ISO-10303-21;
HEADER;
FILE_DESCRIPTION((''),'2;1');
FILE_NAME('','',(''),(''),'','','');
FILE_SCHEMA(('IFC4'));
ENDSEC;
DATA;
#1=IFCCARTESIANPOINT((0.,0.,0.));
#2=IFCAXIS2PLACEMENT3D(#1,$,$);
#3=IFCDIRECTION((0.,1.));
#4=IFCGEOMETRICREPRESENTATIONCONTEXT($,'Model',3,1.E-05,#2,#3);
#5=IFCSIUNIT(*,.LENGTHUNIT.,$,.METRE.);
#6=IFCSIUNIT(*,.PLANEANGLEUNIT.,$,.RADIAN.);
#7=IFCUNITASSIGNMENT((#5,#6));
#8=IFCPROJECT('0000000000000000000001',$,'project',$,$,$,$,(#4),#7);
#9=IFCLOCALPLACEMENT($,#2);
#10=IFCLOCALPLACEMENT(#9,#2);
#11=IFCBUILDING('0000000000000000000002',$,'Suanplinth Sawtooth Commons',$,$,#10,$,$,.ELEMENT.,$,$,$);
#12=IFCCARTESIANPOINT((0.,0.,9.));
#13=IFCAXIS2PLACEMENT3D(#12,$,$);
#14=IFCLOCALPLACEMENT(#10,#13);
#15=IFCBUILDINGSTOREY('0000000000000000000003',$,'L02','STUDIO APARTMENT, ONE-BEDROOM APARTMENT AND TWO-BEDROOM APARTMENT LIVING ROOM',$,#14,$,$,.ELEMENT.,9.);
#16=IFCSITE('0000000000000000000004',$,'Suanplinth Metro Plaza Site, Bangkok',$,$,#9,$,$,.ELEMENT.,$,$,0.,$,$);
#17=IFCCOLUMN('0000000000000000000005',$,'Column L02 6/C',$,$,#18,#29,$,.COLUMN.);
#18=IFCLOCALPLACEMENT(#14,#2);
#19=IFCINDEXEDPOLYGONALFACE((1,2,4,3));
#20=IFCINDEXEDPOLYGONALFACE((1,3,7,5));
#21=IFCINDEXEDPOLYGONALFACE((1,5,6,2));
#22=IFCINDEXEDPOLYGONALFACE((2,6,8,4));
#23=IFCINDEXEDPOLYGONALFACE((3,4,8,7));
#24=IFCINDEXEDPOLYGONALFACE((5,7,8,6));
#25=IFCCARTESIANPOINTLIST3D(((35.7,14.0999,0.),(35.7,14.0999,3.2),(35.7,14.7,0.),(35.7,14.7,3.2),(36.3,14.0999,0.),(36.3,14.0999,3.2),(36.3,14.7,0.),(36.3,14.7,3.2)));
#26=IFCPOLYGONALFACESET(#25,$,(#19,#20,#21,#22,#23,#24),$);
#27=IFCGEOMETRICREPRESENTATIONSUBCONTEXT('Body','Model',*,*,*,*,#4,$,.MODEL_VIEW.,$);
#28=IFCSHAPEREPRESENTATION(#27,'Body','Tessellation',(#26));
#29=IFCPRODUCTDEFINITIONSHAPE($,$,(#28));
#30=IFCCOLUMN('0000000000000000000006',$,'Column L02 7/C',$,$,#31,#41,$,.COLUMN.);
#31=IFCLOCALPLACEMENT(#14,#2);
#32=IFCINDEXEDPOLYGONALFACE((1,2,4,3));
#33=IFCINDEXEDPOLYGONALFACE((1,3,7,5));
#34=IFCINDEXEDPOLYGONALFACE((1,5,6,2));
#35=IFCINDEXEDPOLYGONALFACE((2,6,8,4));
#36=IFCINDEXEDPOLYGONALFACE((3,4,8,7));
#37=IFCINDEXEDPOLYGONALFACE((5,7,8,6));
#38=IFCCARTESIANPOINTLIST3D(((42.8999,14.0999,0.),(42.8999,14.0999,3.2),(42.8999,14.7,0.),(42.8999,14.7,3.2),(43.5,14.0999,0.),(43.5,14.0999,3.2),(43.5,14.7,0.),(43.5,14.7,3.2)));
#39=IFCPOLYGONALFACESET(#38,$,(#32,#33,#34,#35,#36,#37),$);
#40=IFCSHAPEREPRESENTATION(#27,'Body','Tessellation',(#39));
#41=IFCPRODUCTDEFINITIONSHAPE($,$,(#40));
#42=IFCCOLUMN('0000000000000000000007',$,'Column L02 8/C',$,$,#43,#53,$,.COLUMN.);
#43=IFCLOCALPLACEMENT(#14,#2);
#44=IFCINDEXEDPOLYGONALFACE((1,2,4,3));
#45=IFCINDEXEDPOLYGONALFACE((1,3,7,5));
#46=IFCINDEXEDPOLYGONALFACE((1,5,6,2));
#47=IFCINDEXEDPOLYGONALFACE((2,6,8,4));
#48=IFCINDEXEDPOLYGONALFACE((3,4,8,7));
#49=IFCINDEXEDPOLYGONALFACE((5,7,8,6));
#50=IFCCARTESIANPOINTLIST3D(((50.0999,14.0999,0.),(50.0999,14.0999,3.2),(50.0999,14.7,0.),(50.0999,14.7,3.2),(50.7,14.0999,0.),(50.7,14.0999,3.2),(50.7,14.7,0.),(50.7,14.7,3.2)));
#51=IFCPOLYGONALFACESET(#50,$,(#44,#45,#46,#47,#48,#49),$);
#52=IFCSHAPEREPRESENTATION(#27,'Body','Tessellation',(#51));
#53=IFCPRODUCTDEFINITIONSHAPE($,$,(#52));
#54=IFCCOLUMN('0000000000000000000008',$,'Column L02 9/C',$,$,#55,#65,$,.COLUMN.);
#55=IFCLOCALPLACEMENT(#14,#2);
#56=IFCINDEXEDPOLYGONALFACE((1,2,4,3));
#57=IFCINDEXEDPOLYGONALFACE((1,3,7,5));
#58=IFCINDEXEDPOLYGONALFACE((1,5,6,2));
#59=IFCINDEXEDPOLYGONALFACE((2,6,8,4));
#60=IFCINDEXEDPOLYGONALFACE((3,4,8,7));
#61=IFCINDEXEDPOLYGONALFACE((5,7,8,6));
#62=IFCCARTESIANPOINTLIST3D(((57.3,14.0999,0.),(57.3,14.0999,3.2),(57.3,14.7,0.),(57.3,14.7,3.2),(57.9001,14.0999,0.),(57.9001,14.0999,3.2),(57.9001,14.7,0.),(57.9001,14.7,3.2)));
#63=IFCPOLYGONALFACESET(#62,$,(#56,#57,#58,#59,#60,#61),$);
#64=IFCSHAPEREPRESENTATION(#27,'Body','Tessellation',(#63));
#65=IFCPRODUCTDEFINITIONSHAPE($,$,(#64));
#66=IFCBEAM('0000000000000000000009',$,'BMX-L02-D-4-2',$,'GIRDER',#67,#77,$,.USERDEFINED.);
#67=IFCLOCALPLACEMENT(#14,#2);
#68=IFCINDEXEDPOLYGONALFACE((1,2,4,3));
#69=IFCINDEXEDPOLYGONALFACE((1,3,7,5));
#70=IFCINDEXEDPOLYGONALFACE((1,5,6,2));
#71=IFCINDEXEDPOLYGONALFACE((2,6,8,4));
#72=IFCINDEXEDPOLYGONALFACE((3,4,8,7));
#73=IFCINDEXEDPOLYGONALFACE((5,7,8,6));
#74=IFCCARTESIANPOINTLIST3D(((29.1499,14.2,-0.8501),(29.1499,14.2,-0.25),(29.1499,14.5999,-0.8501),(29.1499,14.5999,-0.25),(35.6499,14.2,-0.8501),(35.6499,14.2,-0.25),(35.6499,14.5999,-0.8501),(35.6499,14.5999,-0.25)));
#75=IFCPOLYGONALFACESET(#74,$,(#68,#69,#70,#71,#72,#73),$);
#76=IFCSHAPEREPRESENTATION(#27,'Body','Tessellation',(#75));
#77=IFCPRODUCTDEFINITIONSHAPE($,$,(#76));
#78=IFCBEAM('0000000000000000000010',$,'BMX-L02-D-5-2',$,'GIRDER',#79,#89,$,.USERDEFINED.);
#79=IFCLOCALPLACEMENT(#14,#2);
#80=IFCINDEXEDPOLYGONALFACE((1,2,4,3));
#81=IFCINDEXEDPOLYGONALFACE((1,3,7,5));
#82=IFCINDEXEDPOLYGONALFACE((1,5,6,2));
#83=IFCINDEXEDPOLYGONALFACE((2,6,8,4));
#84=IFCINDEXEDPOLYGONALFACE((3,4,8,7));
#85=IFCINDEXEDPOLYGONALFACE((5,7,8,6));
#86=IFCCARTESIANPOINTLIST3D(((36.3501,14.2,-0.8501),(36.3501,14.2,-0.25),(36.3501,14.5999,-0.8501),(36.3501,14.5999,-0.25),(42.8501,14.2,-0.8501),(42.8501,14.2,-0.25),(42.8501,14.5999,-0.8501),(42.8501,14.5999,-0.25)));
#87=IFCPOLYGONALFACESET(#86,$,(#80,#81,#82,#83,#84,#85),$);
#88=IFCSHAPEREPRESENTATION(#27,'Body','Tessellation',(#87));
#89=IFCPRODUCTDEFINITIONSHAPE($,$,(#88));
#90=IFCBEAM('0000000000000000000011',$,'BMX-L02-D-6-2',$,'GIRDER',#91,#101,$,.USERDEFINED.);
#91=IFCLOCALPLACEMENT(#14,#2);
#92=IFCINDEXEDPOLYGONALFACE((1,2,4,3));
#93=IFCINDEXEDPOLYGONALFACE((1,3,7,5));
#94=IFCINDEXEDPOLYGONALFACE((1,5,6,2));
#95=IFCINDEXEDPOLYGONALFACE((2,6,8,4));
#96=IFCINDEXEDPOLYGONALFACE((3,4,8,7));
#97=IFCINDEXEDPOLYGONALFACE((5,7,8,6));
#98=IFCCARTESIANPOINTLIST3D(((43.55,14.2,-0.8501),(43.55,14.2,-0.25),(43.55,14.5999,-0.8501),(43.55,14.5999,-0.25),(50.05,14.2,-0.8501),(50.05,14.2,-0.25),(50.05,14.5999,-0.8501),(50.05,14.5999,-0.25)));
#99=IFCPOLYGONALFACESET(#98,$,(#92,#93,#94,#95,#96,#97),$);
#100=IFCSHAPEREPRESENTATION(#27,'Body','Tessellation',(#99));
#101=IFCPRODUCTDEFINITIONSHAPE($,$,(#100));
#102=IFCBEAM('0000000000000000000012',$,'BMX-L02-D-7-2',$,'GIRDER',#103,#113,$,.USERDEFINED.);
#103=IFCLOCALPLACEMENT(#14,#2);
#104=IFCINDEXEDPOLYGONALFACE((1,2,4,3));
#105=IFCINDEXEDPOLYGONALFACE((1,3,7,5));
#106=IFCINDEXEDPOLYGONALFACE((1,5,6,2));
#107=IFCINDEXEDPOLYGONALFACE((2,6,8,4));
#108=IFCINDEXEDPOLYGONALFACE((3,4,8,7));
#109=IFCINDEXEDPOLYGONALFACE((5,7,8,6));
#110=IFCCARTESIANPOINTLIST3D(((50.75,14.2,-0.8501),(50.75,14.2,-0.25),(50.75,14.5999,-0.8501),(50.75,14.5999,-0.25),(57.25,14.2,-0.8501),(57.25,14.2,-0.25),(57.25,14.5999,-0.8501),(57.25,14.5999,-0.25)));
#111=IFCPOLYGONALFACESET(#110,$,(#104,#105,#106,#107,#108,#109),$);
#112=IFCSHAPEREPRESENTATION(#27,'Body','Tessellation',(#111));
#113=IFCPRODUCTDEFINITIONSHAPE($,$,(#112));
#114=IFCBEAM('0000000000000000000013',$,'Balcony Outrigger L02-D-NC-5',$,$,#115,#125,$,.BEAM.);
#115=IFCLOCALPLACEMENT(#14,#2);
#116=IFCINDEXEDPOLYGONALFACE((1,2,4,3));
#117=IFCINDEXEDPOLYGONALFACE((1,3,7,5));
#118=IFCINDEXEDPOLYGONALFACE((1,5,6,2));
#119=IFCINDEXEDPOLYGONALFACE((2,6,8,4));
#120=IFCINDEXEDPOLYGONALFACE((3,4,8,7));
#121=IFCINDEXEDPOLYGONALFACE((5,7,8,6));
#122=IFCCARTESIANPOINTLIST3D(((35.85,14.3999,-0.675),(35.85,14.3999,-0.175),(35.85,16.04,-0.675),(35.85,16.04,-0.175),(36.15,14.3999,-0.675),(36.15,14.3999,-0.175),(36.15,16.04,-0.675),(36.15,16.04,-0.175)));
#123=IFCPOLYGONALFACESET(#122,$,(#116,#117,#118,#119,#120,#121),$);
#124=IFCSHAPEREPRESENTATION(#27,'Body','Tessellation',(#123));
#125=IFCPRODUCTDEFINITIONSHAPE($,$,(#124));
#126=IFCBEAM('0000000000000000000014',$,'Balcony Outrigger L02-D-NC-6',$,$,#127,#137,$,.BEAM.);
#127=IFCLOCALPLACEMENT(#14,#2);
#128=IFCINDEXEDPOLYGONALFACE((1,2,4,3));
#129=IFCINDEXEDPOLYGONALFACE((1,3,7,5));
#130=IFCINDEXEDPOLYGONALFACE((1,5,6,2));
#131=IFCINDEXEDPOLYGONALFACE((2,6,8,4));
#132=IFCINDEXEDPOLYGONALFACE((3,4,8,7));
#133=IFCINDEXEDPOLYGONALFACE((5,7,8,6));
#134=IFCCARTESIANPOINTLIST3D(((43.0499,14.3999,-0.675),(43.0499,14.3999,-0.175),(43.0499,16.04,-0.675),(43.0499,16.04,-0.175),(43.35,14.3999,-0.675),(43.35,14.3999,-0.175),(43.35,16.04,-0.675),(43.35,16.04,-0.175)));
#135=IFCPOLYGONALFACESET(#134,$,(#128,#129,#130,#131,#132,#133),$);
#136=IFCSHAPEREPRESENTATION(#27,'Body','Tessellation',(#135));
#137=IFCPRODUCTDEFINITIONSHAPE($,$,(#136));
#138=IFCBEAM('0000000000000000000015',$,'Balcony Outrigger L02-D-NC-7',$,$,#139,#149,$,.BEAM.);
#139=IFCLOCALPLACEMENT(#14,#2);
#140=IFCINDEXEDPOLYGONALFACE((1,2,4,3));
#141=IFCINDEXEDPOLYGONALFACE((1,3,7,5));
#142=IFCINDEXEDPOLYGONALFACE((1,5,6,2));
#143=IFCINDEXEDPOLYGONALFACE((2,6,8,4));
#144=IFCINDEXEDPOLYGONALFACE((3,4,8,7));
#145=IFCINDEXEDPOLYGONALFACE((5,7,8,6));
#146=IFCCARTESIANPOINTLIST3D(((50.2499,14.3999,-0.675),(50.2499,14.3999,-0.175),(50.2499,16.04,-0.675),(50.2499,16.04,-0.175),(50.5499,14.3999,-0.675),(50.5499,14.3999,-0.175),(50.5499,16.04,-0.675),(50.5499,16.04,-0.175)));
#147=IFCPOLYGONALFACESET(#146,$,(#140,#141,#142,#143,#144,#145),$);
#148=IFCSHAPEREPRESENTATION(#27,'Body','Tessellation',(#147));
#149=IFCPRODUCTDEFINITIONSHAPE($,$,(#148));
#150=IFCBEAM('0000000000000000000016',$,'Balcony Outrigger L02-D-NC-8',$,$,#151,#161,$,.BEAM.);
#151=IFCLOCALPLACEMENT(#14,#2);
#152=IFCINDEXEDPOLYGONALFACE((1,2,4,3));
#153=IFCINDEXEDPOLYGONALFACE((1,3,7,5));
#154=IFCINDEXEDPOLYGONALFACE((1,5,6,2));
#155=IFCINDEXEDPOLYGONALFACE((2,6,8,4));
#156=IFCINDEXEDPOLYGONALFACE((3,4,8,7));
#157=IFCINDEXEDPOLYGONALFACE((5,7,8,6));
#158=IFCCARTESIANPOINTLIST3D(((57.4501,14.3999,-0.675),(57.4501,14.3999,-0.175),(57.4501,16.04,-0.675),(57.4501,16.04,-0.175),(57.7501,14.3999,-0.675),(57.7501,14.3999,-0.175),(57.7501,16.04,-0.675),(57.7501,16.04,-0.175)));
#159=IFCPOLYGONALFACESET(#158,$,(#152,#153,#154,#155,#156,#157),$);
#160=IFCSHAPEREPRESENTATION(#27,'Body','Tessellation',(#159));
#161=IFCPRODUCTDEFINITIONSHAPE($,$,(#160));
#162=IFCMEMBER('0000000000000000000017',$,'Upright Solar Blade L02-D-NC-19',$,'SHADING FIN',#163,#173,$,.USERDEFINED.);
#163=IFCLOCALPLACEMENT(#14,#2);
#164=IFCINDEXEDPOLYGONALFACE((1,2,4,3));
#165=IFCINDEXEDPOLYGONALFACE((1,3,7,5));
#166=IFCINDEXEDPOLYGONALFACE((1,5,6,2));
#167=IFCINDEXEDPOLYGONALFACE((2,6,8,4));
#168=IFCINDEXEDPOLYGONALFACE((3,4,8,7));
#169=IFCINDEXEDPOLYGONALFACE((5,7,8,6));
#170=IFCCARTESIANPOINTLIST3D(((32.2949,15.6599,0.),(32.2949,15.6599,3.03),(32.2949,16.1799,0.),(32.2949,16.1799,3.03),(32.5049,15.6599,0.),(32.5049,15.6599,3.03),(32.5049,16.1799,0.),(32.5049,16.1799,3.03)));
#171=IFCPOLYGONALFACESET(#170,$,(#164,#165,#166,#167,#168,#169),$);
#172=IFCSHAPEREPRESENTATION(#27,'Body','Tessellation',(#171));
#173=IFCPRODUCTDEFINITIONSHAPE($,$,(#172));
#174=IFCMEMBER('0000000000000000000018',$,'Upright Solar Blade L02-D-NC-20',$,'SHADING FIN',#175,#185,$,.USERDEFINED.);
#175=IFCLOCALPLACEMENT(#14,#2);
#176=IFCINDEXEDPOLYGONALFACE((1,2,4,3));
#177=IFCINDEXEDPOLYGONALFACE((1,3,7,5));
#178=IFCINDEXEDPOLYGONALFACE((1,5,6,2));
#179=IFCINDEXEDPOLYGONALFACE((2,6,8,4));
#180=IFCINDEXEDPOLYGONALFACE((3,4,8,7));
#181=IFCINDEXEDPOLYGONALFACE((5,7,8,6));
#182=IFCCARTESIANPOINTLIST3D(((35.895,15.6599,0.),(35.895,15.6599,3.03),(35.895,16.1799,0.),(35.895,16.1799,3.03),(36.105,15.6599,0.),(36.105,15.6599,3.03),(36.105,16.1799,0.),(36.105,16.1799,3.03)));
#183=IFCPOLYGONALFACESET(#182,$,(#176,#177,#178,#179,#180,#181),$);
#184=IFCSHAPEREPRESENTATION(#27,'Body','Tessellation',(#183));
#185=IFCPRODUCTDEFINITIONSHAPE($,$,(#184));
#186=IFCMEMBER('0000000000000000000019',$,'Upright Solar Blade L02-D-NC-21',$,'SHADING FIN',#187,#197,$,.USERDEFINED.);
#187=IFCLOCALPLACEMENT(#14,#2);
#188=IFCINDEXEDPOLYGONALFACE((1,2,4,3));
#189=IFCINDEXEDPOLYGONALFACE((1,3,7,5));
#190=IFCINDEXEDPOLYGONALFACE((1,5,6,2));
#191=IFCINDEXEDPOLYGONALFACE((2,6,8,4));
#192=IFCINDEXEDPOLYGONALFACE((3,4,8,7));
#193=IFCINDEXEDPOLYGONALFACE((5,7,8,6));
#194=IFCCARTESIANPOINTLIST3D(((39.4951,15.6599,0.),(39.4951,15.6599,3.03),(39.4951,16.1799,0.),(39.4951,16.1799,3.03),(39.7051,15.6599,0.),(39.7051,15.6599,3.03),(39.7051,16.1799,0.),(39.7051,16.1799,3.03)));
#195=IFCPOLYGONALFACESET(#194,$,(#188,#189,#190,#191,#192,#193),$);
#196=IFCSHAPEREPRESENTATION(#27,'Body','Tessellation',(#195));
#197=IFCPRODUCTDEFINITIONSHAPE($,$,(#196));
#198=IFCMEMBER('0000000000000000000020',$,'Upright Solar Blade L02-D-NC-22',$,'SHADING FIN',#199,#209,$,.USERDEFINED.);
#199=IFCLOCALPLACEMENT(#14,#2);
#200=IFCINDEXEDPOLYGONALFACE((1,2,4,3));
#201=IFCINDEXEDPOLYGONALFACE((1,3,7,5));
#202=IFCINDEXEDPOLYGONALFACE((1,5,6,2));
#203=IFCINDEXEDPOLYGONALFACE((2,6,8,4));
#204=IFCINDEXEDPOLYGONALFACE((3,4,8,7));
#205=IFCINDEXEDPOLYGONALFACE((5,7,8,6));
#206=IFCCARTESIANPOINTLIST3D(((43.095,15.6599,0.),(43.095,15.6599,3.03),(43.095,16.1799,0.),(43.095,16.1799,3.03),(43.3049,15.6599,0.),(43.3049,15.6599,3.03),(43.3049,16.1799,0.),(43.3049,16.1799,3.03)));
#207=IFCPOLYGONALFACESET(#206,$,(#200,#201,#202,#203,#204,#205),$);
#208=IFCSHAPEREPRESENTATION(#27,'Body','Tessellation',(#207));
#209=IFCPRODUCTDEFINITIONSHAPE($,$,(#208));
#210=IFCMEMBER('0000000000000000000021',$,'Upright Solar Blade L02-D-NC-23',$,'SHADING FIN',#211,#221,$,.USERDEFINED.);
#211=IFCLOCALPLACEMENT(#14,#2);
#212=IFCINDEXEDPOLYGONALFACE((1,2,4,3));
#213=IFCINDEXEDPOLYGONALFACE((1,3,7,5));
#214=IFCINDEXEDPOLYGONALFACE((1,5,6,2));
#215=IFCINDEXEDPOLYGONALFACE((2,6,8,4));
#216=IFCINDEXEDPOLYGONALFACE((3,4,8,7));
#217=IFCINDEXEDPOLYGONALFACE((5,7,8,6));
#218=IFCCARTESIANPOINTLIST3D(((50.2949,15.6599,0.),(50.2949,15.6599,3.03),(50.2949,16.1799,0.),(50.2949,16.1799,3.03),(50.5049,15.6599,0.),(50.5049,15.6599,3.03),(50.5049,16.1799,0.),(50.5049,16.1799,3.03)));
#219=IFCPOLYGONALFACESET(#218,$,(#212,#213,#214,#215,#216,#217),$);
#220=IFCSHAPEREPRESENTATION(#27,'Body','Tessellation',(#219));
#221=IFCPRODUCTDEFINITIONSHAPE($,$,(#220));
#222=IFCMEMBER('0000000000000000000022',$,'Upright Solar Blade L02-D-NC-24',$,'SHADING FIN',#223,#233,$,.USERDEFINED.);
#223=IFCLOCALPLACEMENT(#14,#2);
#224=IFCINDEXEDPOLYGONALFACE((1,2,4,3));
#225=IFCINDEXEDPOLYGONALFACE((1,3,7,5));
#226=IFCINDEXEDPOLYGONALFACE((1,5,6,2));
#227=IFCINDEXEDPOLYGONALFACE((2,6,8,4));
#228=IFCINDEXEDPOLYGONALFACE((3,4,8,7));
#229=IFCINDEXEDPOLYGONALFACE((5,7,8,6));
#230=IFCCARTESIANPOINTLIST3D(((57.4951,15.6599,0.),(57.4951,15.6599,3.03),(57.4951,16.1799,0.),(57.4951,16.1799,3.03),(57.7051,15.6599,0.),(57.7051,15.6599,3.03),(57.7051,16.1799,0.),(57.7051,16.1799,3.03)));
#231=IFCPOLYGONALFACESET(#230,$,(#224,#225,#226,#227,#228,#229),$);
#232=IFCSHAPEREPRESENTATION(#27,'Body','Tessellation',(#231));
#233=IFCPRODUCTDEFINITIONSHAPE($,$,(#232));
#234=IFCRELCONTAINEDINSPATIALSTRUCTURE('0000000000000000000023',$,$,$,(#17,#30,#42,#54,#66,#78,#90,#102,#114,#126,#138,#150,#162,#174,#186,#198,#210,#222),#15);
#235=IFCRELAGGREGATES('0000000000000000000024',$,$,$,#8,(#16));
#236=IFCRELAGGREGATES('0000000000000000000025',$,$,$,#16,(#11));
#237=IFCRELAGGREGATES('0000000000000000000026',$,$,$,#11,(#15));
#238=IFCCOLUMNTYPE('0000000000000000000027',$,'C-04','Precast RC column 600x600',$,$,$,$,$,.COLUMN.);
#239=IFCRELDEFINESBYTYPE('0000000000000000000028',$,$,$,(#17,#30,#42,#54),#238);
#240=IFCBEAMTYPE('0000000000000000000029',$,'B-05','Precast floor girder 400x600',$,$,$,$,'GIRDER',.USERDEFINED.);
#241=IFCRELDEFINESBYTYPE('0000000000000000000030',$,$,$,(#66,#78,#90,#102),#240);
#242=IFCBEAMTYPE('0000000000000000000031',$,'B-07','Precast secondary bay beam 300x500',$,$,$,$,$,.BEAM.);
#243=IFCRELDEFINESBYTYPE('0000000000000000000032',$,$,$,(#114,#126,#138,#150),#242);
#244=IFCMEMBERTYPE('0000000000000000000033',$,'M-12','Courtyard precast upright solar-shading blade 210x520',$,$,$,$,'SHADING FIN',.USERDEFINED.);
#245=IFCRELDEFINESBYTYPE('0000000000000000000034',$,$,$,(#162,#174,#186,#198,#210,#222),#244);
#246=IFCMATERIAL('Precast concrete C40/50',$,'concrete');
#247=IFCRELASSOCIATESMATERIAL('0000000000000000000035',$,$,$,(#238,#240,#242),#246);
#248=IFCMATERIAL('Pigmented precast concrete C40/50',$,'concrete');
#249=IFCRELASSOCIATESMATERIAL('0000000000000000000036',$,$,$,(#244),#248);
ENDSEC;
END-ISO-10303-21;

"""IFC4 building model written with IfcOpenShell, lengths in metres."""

from ifc_helpers import new_model, si_unit, direction, frame, origin, origin_2d, place, context, subcontext, project, spatial, rectangle, extrude, material, material_profile, profile_set, type_object, element, save


model = new_model("IFC4")

# Units and contexts
model_context = context("Model", 3, precision=1e-05, world=origin(), true_north=direction((0.0, 1.0)))
body_context = subcontext(model_context, "Body", "Model", "MODEL_VIEW")
ifc_project = project(units=[si_unit("LENGTHUNIT", "METRE"), si_unit("PLANEANGLEUNIT", "RADIAN")], contexts=[model_context])

# Site, building, storey
site_placement = place(None, origin())
site = spatial("IfcSite", under=ifc_project, at=site_placement, Name="Suanplinth Metro Plaza Site, Bangkok", CompositionType="ELEMENT", RefElevation=0.0)
building_placement = place(site_placement, origin())
building = spatial("IfcBuilding", under=site, at=building_placement, Name="Suanplinth Sawtooth Commons", CompositionType="ELEMENT")
storey_placement = place(building_placement, frame((0.0, 0.0, 9.0)))
storey = spatial("IfcBuildingStorey", under=building, at=storey_placement, Name="L02", Description="STUDIO APARTMENT, ONE-BEDROOM APARTMENT AND TWO-BEDROOM APARTMENT LIVING ROOM", CompositionType="ELEMENT", Elevation=9.0)

# Columns
ifc_material_1 = material(Name="Precast concrete C40/50", Category="concrete")
ifc_material_profile_1 = material_profile(ifc_material_1, rectangle(XDim=0.6001, YDim=0.6001, at=origin_2d()), Name="PC-COL 600x600")
ifc_profile_set_1 = profile_set([ifc_material_profile_1], Name="Precast concrete C40/50")
column_type = type_object("IfcColumnType", Name="C-04", Description="Precast RC column 600x600", PredefinedType="COLUMN", material=ifc_profile_set_1)
for number, where, z_axis, x_axis, name in (
    (1, (36.0, 14.3999, 0.0), (0.0, 0.0, 1.0), (1.0, 0.0, 0.0), "Column L02 6/C"),
    (2, (43.2, 14.3999, 0.0), (0.0, 0.0, 1.0), (1.0, 0.0, 0.0), "Column L02 7/C"),
    (3, (50.3999, 14.3999, 0.0), (0.0, 0.0, 1.0), (1.0, 0.0, 0.0), "Column L02 8/C"),
    (4, (57.6001, 14.3999, 0.0), (0.0, 0.0, 1.0), (1.0, 0.0, 0.0), "Column L02 9/C"),
):
    element("IfcColumn", number, at=place(storey_placement, frame(where, z_axis=z_axis, x_axis=x_axis)), inside=storey, type_object=column_type, Name=name, PredefinedType="COLUMN", context=body_context, shape_type="SweptSolid", body=[
        extrude(rectangle(XDim=0.6001, YDim=0.6001, at=origin_2d()), origin(), (0.0, 0.0, 1.0), 3.2),
    ])

# Beams
ifc_material_profile_2 = material_profile(ifc_material_1, rectangle(XDim=0.3999, YDim=0.6001, at=origin_2d()), Name="PC-GDR 400x600")
ifc_profile_set_2 = profile_set([ifc_material_profile_2], Name="Precast concrete C40/50")
beam_type_1 = type_object("IfcBeamType", Name="B-05", Description="Precast floor girder 400x600", ElementType="GIRDER", PredefinedType="USERDEFINED", material=ifc_profile_set_2)
for number, where, z_axis, x_axis, name in (
    (5, (29.1499, 14.3999, -0.55), (1.0, 0.0, 0.0), (0.0, 1.0, 0.0), "BMX-L02-D-4-2"),
    (6, (36.3501, 14.3999, -0.55), (1.0, 0.0, 0.0), (0.0, 1.0, 0.0), "BMX-L02-D-5-2"),
    (7, (43.55, 14.3999, -0.55), (1.0, 0.0, 0.0), (0.0, 1.0, 0.0), "BMX-L02-D-6-2"),
    (8, (50.75, 14.3999, -0.55), (1.0, 0.0, 0.0), (0.0, 1.0, 0.0), "BMX-L02-D-7-2"),
):
    element("IfcBeam", number, at=place(storey_placement, frame(where, z_axis=z_axis, x_axis=x_axis)), inside=storey, type_object=beam_type_1, Name=name, ObjectType="GIRDER", PredefinedType="USERDEFINED", context=body_context, shape_type="SweptSolid", body=[
        extrude(rectangle(XDim=0.3999, YDim=0.6001, at=origin_2d()), origin(), (0.0, 0.0, 1.0), 6.5),
    ])
ifc_material_profile_3 = material_profile(ifc_material_1, rectangle(XDim=0.3, YDim=0.5, at=origin_2d()), Name="PC-BM 300x500")
ifc_profile_set_3 = profile_set([ifc_material_profile_3], Name="Precast concrete C40/50")
beam_type_2 = type_object("IfcBeamType", Name="B-07", Description="Precast secondary bay beam 300x500", PredefinedType="BEAM", material=ifc_profile_set_3)
for number, where, z_axis, x_axis, name in (
    (9, (36.0, 14.3999, -0.425), (0.0, 1.0, 0.0), (-1.0, 0.0, 0.0), "Balcony Outrigger L02-D-NC-5"),
    (10, (43.2, 14.3999, -0.425), (0.0, 1.0, 0.0), (-1.0, 0.0, 0.0), "Balcony Outrigger L02-D-NC-6"),
    (11, (50.3999, 14.3999, -0.425), (0.0, 1.0, 0.0), (-1.0, 0.0, 0.0), "Balcony Outrigger L02-D-NC-7"),
    (12, (57.6001, 14.3999, -0.425), (0.0, 1.0, 0.0), (-1.0, 0.0, 0.0), "Balcony Outrigger L02-D-NC-8"),
):
    element("IfcBeam", number, at=place(storey_placement, frame(where, z_axis=z_axis, x_axis=x_axis)), inside=storey, type_object=beam_type_2, Name=name, PredefinedType="BEAM", context=body_context, shape_type="SweptSolid", body=[
        extrude(rectangle(XDim=0.3, YDim=0.5, at=origin_2d()), origin(), (0.0, 0.0, 1.0), 1.6401),
    ])

# Members
ifc_material_2 = material(Name="Pigmented precast concrete C40/50", Category="concrete")
ifc_material_profile_4 = material_profile(ifc_material_2, rectangle(XDim=0.21, YDim=0.52, at=origin_2d()), Name="PC-FIN 210x520")
ifc_profile_set_4 = profile_set([ifc_material_profile_4], Name="Pigmented precast concrete C40/50")
member_type = type_object("IfcMemberType", Name="M-12", Description="Courtyard precast upright solar-shading blade 210x520", ElementType="SHADING FIN", PredefinedType="USERDEFINED", material=ifc_profile_set_4)
for number, where, z_axis, x_axis, name in (
    (13, (32.3999, 15.9199, 0.0), (0.0, 0.0, 1.0), (1.0, 0.0, 0.0), "Upright Solar Blade L02-D-NC-19"),
    (14, (36.0, 15.9199, 0.0), (0.0, 0.0, 1.0), (1.0, 0.0, 0.0), "Upright Solar Blade L02-D-NC-20"),
    (15, (39.6001, 15.9199, 0.0), (0.0, 0.0, 1.0), (1.0, 0.0, 0.0), "Upright Solar Blade L02-D-NC-21"),
    (16, (43.2, 15.9199, 0.0), (0.0, 0.0, 1.0), (1.0, 0.0, 0.0), "Upright Solar Blade L02-D-NC-22"),
    (17, (50.3999, 15.9199, 0.0), (0.0, 0.0, 1.0), (1.0, 0.0, 0.0), "Upright Solar Blade L02-D-NC-23"),
    (18, (57.6001, 15.9199, 0.0), (0.0, 0.0, 1.0), (1.0, 0.0, 0.0), "Upright Solar Blade L02-D-NC-24"),
):
    element("IfcMember", number, at=place(storey_placement, frame(where, z_axis=z_axis, x_axis=x_axis)), inside=storey, type_object=member_type, Name=name, ObjectType="SHADING FIN", PredefinedType="USERDEFINED", context=body_context, shape_type="SweptSolid", body=[
        extrude(rectangle(XDim=0.21, YDim=0.52, at=origin_2d()), origin(), (0.0, 0.0, 1.0), 3.03),
    ])

save(model, "model.ifc")
